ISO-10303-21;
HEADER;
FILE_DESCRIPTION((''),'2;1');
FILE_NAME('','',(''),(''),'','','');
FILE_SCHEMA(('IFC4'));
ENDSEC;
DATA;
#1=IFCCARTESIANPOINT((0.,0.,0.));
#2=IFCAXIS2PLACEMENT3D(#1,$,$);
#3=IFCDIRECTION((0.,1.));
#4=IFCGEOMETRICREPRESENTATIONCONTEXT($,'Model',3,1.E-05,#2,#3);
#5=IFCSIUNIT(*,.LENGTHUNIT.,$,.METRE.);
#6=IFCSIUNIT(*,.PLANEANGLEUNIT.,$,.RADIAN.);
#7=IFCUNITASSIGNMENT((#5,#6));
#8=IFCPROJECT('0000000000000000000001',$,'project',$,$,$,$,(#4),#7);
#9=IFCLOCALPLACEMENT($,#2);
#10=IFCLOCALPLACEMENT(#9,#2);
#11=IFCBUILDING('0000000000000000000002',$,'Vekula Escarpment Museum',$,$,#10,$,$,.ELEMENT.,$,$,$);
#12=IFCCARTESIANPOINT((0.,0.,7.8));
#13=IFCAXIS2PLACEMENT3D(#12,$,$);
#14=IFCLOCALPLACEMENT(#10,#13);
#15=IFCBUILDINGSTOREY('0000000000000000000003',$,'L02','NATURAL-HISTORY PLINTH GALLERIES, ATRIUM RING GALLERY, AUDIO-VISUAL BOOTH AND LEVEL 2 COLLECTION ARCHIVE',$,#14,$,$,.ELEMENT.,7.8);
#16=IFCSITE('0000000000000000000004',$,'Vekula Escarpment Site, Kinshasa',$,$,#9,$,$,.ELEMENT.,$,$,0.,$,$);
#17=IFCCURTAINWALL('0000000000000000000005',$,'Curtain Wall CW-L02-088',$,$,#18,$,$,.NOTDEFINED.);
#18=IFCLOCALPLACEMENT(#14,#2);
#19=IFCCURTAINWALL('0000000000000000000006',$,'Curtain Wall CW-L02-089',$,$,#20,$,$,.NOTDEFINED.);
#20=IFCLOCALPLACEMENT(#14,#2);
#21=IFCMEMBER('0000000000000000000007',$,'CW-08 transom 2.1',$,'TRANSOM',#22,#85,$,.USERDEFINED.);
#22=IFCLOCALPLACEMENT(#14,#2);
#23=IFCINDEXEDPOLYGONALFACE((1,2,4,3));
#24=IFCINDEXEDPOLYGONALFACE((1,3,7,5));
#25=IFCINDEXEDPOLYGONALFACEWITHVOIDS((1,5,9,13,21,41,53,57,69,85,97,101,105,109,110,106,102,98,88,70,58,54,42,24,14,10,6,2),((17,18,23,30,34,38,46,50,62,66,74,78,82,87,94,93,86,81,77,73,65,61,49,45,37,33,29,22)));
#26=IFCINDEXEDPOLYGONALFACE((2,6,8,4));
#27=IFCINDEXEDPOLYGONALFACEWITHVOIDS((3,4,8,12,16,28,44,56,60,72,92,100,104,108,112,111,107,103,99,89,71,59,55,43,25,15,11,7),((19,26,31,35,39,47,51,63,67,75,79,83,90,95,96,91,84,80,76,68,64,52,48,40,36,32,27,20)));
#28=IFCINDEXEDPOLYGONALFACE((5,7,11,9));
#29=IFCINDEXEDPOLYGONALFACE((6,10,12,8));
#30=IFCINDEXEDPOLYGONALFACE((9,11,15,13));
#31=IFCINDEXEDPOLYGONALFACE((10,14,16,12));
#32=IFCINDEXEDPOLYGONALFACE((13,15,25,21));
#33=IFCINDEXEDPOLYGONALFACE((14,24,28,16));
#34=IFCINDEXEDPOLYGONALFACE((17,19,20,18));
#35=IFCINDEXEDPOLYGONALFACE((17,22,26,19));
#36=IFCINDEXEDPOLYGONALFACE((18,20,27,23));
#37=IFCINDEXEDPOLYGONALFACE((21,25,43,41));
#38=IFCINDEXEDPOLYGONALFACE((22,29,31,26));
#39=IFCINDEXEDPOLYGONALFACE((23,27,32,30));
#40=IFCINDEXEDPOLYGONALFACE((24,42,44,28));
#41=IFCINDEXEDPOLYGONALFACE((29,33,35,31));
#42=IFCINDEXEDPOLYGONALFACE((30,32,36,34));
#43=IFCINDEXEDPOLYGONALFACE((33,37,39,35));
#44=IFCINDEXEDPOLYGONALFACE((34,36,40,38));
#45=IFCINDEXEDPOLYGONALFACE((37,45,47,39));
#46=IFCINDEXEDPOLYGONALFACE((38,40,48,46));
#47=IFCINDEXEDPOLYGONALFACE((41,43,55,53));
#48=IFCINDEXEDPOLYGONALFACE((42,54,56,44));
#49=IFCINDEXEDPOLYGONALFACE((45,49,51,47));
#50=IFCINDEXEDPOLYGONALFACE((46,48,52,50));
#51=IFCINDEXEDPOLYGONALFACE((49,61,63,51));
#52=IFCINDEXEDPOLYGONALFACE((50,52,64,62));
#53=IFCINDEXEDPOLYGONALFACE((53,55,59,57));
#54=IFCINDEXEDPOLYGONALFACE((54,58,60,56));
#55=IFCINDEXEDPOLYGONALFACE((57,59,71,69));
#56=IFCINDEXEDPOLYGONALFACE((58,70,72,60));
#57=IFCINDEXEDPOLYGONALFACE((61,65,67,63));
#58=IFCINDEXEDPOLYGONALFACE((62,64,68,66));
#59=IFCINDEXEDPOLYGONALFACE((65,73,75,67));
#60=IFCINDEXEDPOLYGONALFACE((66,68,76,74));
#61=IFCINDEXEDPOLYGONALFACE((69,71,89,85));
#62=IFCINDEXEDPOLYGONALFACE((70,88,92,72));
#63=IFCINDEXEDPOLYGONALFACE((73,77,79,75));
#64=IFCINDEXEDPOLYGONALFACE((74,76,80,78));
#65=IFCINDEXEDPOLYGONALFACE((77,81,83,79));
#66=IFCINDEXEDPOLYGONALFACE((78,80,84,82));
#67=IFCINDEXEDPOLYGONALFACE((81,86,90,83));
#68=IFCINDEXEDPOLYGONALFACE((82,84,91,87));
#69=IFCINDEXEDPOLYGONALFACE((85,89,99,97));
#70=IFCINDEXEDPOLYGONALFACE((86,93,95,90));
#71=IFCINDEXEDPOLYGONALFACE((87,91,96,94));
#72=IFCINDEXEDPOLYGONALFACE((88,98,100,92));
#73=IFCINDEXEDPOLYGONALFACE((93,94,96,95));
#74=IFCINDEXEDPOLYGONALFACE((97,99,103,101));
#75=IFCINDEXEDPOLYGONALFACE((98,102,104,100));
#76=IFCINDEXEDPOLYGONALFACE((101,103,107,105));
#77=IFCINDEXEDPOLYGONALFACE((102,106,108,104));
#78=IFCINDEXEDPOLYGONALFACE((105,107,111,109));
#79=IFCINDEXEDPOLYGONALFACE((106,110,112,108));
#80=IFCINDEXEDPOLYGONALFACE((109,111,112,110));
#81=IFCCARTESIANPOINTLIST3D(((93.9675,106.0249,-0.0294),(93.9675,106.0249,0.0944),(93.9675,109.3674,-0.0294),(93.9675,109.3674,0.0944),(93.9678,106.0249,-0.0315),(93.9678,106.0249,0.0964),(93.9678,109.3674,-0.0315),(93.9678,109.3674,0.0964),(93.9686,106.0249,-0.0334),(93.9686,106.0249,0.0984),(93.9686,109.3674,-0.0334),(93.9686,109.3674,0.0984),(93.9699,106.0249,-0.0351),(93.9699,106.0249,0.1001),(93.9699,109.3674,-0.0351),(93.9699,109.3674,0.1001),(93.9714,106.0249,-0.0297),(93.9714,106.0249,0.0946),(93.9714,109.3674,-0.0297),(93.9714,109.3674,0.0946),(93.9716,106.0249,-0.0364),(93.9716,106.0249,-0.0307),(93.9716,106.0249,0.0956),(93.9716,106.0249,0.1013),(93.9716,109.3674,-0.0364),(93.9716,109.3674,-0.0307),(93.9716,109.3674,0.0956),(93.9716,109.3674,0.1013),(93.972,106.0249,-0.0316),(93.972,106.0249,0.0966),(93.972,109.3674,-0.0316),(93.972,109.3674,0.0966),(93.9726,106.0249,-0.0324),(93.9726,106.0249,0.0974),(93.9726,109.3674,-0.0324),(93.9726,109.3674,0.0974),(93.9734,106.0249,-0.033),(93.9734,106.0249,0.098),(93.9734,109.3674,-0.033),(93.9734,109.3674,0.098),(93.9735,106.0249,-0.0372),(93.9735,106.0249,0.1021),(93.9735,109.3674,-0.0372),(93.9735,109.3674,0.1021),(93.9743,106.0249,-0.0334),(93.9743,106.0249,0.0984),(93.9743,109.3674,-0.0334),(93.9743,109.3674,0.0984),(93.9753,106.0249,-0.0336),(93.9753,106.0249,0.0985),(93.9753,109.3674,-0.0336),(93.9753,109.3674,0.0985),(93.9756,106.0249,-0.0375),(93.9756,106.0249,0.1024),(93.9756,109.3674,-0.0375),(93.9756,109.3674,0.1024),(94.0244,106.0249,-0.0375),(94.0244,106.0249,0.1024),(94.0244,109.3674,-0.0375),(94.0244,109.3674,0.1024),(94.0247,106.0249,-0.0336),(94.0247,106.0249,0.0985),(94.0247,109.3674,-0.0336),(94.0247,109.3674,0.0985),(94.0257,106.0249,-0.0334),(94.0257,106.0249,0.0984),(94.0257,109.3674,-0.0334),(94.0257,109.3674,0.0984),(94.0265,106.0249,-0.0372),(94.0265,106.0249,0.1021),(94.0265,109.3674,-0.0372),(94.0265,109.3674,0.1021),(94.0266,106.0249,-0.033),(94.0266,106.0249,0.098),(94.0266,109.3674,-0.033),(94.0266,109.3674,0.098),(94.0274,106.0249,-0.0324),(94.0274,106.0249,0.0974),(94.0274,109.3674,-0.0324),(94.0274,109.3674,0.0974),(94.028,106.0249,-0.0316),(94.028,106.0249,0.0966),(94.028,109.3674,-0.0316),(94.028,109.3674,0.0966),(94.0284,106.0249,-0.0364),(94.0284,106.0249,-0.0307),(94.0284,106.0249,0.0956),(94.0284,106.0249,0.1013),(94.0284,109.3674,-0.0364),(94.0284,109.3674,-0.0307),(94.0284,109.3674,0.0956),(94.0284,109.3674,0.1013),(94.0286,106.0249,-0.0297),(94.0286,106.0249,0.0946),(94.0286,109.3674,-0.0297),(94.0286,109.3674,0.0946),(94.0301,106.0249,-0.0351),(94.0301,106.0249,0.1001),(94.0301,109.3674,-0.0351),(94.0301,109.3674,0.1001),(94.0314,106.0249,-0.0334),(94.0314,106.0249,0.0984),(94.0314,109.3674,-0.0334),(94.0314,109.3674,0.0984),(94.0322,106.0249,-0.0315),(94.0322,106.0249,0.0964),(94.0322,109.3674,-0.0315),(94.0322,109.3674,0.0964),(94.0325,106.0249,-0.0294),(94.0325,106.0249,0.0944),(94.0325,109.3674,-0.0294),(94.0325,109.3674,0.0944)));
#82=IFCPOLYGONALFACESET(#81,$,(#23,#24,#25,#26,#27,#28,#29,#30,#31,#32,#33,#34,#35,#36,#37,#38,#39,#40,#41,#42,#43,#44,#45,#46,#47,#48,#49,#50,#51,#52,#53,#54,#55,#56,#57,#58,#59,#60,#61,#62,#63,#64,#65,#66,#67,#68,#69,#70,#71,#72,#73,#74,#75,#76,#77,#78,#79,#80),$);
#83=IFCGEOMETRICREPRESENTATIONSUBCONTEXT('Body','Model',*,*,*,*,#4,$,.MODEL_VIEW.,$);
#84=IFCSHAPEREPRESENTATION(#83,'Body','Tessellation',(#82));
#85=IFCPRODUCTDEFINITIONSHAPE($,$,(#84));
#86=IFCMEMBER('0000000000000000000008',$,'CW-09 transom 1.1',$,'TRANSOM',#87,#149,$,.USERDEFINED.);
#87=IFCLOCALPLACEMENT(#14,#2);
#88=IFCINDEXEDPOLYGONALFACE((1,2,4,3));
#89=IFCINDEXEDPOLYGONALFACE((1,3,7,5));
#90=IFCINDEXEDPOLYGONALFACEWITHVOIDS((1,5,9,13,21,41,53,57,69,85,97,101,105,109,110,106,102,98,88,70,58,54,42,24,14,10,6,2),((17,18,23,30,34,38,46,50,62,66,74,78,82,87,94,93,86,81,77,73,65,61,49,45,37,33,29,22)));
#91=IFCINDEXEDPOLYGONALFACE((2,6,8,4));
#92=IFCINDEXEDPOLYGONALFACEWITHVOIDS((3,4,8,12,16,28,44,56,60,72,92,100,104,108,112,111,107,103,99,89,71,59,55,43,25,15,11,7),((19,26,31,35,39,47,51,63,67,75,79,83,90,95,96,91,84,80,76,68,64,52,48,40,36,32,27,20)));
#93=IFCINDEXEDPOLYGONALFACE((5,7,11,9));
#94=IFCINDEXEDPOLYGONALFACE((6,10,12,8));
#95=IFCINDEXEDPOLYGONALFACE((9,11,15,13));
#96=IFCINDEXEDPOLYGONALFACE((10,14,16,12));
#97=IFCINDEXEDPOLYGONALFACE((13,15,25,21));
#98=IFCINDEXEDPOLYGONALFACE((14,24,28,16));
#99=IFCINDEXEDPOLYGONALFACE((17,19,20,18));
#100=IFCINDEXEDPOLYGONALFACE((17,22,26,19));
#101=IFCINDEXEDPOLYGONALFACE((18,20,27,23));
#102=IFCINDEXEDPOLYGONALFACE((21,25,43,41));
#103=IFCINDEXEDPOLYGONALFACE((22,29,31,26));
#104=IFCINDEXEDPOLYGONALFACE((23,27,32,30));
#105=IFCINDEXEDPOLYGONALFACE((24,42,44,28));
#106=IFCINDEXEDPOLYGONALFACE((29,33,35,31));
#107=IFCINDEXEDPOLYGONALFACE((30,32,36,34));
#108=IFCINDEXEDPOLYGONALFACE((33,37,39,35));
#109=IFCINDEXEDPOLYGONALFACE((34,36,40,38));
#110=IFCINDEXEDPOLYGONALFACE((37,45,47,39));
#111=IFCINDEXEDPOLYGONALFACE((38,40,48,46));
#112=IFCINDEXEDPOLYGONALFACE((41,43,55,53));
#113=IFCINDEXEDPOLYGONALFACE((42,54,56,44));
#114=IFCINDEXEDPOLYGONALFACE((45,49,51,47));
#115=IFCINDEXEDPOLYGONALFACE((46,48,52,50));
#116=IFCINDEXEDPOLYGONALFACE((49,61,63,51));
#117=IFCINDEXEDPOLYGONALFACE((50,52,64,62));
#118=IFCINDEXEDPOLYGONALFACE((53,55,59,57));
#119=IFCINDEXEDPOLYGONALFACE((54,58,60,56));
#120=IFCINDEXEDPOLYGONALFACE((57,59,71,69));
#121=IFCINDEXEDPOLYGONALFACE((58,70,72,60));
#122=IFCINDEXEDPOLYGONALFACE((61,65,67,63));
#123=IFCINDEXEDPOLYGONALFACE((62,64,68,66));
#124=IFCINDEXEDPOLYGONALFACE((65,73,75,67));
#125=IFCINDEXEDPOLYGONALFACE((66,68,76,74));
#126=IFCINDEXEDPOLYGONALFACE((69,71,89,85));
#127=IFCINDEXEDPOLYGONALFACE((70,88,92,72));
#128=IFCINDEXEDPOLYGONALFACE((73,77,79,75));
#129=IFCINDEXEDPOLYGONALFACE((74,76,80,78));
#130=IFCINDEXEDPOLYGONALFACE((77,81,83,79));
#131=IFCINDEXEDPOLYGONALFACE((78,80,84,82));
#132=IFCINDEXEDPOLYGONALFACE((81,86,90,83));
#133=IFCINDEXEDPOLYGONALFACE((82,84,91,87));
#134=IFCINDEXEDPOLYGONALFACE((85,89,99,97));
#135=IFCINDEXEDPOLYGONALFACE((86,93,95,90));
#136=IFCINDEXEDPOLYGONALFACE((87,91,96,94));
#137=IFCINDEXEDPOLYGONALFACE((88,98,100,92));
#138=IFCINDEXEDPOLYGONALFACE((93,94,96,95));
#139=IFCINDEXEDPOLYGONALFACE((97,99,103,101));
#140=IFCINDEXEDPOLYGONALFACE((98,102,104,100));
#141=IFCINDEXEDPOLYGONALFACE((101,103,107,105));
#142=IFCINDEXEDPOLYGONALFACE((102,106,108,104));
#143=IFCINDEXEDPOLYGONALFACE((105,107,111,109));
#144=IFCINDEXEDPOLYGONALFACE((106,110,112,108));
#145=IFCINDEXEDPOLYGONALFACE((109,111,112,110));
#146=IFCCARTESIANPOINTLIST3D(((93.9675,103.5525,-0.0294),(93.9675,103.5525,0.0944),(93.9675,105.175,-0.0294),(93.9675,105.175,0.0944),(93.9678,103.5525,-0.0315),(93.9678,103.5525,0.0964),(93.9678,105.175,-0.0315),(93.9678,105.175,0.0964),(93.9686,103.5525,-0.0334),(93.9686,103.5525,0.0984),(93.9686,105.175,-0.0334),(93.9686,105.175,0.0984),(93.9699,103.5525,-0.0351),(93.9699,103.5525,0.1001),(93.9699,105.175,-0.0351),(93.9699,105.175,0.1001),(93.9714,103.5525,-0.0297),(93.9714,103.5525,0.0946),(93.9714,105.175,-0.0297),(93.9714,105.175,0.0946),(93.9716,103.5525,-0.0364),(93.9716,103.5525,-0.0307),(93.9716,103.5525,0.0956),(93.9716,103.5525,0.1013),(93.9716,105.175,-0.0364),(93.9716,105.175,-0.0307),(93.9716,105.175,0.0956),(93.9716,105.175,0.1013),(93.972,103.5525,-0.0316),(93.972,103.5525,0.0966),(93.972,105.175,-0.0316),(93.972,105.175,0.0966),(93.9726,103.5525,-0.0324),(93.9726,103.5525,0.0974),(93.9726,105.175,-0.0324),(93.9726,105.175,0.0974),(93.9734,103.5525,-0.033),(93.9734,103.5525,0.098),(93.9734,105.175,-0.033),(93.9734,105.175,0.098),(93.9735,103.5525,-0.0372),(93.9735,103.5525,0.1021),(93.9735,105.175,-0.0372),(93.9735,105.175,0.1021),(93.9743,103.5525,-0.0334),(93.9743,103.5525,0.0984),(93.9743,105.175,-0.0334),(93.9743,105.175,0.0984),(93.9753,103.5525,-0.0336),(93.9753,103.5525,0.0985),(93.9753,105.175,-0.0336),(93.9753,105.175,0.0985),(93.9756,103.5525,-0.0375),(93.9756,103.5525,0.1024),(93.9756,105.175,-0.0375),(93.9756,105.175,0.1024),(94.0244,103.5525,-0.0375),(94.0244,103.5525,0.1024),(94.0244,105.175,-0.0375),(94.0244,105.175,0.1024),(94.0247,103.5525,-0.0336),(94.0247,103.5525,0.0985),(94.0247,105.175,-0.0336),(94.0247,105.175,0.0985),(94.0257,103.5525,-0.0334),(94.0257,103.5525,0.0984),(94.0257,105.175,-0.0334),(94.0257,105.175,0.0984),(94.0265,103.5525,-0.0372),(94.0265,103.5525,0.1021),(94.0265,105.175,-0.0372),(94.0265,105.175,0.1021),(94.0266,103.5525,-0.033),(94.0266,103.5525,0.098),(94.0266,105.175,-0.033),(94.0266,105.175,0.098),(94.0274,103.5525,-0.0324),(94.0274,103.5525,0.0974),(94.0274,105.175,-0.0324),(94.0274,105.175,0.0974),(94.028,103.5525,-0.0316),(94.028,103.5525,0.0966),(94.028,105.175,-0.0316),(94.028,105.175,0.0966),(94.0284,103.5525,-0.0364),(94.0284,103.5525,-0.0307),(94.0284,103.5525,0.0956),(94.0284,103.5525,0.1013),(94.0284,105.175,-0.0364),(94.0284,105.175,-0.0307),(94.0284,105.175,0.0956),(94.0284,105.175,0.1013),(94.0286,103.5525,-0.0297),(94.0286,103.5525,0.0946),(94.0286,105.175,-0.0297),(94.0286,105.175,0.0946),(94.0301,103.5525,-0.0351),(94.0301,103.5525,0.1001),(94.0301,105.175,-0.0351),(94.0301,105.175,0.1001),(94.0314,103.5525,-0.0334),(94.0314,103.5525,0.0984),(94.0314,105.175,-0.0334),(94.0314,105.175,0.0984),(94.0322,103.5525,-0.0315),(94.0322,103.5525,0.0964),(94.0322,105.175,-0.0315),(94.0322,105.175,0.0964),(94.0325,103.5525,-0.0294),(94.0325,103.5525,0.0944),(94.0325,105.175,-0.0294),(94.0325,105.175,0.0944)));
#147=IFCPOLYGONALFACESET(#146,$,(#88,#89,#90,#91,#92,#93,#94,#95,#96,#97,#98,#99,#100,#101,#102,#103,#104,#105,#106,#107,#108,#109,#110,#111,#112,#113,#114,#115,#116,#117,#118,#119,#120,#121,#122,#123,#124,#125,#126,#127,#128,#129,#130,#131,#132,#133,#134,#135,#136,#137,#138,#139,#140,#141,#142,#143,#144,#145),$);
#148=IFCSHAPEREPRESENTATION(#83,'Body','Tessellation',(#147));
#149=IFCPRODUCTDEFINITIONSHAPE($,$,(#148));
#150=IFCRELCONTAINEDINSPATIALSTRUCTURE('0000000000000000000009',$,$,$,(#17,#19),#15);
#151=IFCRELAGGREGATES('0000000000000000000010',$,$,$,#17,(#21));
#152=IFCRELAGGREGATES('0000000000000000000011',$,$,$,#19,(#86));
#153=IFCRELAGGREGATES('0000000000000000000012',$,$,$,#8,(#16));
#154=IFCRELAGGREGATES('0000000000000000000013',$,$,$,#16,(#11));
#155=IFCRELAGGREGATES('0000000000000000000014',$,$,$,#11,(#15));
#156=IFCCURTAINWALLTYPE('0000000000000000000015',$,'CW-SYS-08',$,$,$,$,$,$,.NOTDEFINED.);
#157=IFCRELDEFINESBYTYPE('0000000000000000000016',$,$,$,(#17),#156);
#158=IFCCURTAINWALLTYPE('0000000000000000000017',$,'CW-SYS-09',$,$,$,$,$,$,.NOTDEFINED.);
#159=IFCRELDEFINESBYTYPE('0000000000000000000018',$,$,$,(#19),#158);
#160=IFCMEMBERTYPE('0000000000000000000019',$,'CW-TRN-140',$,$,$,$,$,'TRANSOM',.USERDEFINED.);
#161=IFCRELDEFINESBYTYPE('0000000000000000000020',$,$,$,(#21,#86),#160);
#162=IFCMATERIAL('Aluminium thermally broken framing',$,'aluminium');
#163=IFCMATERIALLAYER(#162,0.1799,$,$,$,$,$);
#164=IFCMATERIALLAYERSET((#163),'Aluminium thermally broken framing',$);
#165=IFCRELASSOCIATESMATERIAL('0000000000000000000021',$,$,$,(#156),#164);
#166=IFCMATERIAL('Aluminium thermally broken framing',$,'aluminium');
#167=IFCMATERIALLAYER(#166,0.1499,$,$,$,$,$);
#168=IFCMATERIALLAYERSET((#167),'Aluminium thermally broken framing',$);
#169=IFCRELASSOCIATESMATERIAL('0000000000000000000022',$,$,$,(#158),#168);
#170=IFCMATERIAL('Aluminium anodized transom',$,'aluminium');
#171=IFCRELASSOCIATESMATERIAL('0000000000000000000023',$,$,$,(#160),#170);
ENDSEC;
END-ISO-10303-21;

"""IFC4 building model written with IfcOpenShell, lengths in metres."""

from ifc_helpers import new_model, si_unit, direction, frame, origin, origin_2d, place, context, subcontext, project, spatial, hollow_rectangle, extrude, material, layer, layer_set, material_profile, profile_set, type_object, element, aggregate, save


model = new_model("IFC4")

# Units and contexts
model_context = context("Model", 3, precision=1e-05, world=origin(), true_north=direction((0.0, 1.0)))
body_context = subcontext(model_context, "Body", "Model", "MODEL_VIEW")
ifc_project = project(units=[si_unit("LENGTHUNIT", "METRE"), si_unit("PLANEANGLEUNIT", "RADIAN")], contexts=[model_context])

# Site, building, storey
site_placement = place(None, origin())
site = spatial("IfcSite", under=ifc_project, at=site_placement, Name="Vekula Escarpment Site, Kinshasa", CompositionType="ELEMENT", RefElevation=0.0)
building_placement = place(site_placement, origin())
building = spatial("IfcBuilding", under=site, at=building_placement, Name="Vekula Escarpment Museum", CompositionType="ELEMENT")
storey_placement = place(building_placement, frame((0.0, 0.0, 7.8)))
storey = spatial("IfcBuildingStorey", under=building, at=storey_placement, Name="L02", Description="NATURAL-HISTORY PLINTH GALLERIES, ATRIUM RING GALLERY, AUDIO-VISUAL BOOTH AND LEVEL 2 COLLECTION ARCHIVE", CompositionType="ELEMENT", Elevation=7.8)

# Curtain wall
ifc_material_1 = material(Name="Aluminium thermally broken framing", Category="aluminium")
ifc_layer_1 = layer(ifc_material_1, 0.1799)
ifc_layer_set_1 = layer_set([ifc_layer_1], Name="Aluminium thermally broken framing")
curtain_wall_type_1 = type_object("IfcCurtainWallType", Name="CW-SYS-08", PredefinedType="NOTDEFINED", material=ifc_layer_set_1)
curtain_wall_1_placement = place(storey_placement, origin())
curtain_wall_1 = element("IfcCurtainWall", 1, at=curtain_wall_1_placement, inside=storey, type_object=curtain_wall_type_1, Name="Curtain Wall CW-L02-088", PredefinedType="NOTDEFINED")

# Curtain wall
ifc_material_2 = material(Name="Aluminium thermally broken framing", Category="aluminium")
ifc_layer_2 = layer(ifc_material_2, 0.1499)
ifc_layer_set_2 = layer_set([ifc_layer_2], Name="Aluminium thermally broken framing")
curtain_wall_type_2 = type_object("IfcCurtainWallType", Name="CW-SYS-09", PredefinedType="NOTDEFINED", material=ifc_layer_set_2)
curtain_wall_2_placement = place(storey_placement, origin())
curtain_wall_2 = element("IfcCurtainWall", 2, at=curtain_wall_2_placement, inside=storey, type_object=curtain_wall_type_2, Name="Curtain Wall CW-L02-089", PredefinedType="NOTDEFINED")

# Members
ifc_material_3 = material(Name="Aluminium anodized transom", Category="aluminium")
ifc_material_profile_1 = material_profile(ifc_material_3, hollow_rectangle(XDim=0.0649, YDim=0.1399, WallThickness=0.0039, InnerFilletRadius=0.0039, OuterFilletRadius=0.0081, at=origin_2d()), Name="ALU 140x65x4")
ifc_profile_set_1 = profile_set([ifc_material_profile_1], Name="Aluminium anodized transom")
member_type_1 = type_object("IfcMemberType", Name="CW-TRN-140", ElementType="TRANSOM", PredefinedType="USERDEFINED", material=ifc_profile_set_1)
member_1_placement = place(storey_placement, frame((94.0, 109.3674, 0.0325), z_axis=(0.0, -1.0, 0.0), x_axis=(1.0, 0.0, 0.0)))
member_1 = element("IfcMember", 3, at=member_1_placement, type_object=member_type_1, Name="CW-08 transom 2.1", ObjectType="TRANSOM", PredefinedType="USERDEFINED", context=body_context, shape_type="SweptSolid", body=[
    extrude(hollow_rectangle(XDim=0.0649, YDim=0.1399, WallThickness=0.0039, InnerFilletRadius=0.0039, OuterFilletRadius=0.0081, at=origin_2d()), origin(), (0.0, 0.0, 1.0), 3.3425),
])
member_2_placement = place(storey_placement, frame((94.0, 105.175, 0.0325), z_axis=(0.0, -1.0, 0.0), x_axis=(1.0, 0.0, 0.0)))
member_2 = element("IfcMember", 4, at=member_2_placement, type_object=member_type_1, Name="CW-09 transom 1.1", ObjectType="TRANSOM", PredefinedType="USERDEFINED", context=body_context, shape_type="SweptSolid", body=[
    extrude(hollow_rectangle(XDim=0.0649, YDim=0.1399, WallThickness=0.0039, InnerFilletRadius=0.0039, OuterFilletRadius=0.0081, at=origin_2d()), origin(), (0.0, 0.0, 1.0), 1.6226),
])

aggregate(curtain_wall_1, [member_1])
aggregate(curtain_wall_2, [member_2])

save(model, "model.ifc")
